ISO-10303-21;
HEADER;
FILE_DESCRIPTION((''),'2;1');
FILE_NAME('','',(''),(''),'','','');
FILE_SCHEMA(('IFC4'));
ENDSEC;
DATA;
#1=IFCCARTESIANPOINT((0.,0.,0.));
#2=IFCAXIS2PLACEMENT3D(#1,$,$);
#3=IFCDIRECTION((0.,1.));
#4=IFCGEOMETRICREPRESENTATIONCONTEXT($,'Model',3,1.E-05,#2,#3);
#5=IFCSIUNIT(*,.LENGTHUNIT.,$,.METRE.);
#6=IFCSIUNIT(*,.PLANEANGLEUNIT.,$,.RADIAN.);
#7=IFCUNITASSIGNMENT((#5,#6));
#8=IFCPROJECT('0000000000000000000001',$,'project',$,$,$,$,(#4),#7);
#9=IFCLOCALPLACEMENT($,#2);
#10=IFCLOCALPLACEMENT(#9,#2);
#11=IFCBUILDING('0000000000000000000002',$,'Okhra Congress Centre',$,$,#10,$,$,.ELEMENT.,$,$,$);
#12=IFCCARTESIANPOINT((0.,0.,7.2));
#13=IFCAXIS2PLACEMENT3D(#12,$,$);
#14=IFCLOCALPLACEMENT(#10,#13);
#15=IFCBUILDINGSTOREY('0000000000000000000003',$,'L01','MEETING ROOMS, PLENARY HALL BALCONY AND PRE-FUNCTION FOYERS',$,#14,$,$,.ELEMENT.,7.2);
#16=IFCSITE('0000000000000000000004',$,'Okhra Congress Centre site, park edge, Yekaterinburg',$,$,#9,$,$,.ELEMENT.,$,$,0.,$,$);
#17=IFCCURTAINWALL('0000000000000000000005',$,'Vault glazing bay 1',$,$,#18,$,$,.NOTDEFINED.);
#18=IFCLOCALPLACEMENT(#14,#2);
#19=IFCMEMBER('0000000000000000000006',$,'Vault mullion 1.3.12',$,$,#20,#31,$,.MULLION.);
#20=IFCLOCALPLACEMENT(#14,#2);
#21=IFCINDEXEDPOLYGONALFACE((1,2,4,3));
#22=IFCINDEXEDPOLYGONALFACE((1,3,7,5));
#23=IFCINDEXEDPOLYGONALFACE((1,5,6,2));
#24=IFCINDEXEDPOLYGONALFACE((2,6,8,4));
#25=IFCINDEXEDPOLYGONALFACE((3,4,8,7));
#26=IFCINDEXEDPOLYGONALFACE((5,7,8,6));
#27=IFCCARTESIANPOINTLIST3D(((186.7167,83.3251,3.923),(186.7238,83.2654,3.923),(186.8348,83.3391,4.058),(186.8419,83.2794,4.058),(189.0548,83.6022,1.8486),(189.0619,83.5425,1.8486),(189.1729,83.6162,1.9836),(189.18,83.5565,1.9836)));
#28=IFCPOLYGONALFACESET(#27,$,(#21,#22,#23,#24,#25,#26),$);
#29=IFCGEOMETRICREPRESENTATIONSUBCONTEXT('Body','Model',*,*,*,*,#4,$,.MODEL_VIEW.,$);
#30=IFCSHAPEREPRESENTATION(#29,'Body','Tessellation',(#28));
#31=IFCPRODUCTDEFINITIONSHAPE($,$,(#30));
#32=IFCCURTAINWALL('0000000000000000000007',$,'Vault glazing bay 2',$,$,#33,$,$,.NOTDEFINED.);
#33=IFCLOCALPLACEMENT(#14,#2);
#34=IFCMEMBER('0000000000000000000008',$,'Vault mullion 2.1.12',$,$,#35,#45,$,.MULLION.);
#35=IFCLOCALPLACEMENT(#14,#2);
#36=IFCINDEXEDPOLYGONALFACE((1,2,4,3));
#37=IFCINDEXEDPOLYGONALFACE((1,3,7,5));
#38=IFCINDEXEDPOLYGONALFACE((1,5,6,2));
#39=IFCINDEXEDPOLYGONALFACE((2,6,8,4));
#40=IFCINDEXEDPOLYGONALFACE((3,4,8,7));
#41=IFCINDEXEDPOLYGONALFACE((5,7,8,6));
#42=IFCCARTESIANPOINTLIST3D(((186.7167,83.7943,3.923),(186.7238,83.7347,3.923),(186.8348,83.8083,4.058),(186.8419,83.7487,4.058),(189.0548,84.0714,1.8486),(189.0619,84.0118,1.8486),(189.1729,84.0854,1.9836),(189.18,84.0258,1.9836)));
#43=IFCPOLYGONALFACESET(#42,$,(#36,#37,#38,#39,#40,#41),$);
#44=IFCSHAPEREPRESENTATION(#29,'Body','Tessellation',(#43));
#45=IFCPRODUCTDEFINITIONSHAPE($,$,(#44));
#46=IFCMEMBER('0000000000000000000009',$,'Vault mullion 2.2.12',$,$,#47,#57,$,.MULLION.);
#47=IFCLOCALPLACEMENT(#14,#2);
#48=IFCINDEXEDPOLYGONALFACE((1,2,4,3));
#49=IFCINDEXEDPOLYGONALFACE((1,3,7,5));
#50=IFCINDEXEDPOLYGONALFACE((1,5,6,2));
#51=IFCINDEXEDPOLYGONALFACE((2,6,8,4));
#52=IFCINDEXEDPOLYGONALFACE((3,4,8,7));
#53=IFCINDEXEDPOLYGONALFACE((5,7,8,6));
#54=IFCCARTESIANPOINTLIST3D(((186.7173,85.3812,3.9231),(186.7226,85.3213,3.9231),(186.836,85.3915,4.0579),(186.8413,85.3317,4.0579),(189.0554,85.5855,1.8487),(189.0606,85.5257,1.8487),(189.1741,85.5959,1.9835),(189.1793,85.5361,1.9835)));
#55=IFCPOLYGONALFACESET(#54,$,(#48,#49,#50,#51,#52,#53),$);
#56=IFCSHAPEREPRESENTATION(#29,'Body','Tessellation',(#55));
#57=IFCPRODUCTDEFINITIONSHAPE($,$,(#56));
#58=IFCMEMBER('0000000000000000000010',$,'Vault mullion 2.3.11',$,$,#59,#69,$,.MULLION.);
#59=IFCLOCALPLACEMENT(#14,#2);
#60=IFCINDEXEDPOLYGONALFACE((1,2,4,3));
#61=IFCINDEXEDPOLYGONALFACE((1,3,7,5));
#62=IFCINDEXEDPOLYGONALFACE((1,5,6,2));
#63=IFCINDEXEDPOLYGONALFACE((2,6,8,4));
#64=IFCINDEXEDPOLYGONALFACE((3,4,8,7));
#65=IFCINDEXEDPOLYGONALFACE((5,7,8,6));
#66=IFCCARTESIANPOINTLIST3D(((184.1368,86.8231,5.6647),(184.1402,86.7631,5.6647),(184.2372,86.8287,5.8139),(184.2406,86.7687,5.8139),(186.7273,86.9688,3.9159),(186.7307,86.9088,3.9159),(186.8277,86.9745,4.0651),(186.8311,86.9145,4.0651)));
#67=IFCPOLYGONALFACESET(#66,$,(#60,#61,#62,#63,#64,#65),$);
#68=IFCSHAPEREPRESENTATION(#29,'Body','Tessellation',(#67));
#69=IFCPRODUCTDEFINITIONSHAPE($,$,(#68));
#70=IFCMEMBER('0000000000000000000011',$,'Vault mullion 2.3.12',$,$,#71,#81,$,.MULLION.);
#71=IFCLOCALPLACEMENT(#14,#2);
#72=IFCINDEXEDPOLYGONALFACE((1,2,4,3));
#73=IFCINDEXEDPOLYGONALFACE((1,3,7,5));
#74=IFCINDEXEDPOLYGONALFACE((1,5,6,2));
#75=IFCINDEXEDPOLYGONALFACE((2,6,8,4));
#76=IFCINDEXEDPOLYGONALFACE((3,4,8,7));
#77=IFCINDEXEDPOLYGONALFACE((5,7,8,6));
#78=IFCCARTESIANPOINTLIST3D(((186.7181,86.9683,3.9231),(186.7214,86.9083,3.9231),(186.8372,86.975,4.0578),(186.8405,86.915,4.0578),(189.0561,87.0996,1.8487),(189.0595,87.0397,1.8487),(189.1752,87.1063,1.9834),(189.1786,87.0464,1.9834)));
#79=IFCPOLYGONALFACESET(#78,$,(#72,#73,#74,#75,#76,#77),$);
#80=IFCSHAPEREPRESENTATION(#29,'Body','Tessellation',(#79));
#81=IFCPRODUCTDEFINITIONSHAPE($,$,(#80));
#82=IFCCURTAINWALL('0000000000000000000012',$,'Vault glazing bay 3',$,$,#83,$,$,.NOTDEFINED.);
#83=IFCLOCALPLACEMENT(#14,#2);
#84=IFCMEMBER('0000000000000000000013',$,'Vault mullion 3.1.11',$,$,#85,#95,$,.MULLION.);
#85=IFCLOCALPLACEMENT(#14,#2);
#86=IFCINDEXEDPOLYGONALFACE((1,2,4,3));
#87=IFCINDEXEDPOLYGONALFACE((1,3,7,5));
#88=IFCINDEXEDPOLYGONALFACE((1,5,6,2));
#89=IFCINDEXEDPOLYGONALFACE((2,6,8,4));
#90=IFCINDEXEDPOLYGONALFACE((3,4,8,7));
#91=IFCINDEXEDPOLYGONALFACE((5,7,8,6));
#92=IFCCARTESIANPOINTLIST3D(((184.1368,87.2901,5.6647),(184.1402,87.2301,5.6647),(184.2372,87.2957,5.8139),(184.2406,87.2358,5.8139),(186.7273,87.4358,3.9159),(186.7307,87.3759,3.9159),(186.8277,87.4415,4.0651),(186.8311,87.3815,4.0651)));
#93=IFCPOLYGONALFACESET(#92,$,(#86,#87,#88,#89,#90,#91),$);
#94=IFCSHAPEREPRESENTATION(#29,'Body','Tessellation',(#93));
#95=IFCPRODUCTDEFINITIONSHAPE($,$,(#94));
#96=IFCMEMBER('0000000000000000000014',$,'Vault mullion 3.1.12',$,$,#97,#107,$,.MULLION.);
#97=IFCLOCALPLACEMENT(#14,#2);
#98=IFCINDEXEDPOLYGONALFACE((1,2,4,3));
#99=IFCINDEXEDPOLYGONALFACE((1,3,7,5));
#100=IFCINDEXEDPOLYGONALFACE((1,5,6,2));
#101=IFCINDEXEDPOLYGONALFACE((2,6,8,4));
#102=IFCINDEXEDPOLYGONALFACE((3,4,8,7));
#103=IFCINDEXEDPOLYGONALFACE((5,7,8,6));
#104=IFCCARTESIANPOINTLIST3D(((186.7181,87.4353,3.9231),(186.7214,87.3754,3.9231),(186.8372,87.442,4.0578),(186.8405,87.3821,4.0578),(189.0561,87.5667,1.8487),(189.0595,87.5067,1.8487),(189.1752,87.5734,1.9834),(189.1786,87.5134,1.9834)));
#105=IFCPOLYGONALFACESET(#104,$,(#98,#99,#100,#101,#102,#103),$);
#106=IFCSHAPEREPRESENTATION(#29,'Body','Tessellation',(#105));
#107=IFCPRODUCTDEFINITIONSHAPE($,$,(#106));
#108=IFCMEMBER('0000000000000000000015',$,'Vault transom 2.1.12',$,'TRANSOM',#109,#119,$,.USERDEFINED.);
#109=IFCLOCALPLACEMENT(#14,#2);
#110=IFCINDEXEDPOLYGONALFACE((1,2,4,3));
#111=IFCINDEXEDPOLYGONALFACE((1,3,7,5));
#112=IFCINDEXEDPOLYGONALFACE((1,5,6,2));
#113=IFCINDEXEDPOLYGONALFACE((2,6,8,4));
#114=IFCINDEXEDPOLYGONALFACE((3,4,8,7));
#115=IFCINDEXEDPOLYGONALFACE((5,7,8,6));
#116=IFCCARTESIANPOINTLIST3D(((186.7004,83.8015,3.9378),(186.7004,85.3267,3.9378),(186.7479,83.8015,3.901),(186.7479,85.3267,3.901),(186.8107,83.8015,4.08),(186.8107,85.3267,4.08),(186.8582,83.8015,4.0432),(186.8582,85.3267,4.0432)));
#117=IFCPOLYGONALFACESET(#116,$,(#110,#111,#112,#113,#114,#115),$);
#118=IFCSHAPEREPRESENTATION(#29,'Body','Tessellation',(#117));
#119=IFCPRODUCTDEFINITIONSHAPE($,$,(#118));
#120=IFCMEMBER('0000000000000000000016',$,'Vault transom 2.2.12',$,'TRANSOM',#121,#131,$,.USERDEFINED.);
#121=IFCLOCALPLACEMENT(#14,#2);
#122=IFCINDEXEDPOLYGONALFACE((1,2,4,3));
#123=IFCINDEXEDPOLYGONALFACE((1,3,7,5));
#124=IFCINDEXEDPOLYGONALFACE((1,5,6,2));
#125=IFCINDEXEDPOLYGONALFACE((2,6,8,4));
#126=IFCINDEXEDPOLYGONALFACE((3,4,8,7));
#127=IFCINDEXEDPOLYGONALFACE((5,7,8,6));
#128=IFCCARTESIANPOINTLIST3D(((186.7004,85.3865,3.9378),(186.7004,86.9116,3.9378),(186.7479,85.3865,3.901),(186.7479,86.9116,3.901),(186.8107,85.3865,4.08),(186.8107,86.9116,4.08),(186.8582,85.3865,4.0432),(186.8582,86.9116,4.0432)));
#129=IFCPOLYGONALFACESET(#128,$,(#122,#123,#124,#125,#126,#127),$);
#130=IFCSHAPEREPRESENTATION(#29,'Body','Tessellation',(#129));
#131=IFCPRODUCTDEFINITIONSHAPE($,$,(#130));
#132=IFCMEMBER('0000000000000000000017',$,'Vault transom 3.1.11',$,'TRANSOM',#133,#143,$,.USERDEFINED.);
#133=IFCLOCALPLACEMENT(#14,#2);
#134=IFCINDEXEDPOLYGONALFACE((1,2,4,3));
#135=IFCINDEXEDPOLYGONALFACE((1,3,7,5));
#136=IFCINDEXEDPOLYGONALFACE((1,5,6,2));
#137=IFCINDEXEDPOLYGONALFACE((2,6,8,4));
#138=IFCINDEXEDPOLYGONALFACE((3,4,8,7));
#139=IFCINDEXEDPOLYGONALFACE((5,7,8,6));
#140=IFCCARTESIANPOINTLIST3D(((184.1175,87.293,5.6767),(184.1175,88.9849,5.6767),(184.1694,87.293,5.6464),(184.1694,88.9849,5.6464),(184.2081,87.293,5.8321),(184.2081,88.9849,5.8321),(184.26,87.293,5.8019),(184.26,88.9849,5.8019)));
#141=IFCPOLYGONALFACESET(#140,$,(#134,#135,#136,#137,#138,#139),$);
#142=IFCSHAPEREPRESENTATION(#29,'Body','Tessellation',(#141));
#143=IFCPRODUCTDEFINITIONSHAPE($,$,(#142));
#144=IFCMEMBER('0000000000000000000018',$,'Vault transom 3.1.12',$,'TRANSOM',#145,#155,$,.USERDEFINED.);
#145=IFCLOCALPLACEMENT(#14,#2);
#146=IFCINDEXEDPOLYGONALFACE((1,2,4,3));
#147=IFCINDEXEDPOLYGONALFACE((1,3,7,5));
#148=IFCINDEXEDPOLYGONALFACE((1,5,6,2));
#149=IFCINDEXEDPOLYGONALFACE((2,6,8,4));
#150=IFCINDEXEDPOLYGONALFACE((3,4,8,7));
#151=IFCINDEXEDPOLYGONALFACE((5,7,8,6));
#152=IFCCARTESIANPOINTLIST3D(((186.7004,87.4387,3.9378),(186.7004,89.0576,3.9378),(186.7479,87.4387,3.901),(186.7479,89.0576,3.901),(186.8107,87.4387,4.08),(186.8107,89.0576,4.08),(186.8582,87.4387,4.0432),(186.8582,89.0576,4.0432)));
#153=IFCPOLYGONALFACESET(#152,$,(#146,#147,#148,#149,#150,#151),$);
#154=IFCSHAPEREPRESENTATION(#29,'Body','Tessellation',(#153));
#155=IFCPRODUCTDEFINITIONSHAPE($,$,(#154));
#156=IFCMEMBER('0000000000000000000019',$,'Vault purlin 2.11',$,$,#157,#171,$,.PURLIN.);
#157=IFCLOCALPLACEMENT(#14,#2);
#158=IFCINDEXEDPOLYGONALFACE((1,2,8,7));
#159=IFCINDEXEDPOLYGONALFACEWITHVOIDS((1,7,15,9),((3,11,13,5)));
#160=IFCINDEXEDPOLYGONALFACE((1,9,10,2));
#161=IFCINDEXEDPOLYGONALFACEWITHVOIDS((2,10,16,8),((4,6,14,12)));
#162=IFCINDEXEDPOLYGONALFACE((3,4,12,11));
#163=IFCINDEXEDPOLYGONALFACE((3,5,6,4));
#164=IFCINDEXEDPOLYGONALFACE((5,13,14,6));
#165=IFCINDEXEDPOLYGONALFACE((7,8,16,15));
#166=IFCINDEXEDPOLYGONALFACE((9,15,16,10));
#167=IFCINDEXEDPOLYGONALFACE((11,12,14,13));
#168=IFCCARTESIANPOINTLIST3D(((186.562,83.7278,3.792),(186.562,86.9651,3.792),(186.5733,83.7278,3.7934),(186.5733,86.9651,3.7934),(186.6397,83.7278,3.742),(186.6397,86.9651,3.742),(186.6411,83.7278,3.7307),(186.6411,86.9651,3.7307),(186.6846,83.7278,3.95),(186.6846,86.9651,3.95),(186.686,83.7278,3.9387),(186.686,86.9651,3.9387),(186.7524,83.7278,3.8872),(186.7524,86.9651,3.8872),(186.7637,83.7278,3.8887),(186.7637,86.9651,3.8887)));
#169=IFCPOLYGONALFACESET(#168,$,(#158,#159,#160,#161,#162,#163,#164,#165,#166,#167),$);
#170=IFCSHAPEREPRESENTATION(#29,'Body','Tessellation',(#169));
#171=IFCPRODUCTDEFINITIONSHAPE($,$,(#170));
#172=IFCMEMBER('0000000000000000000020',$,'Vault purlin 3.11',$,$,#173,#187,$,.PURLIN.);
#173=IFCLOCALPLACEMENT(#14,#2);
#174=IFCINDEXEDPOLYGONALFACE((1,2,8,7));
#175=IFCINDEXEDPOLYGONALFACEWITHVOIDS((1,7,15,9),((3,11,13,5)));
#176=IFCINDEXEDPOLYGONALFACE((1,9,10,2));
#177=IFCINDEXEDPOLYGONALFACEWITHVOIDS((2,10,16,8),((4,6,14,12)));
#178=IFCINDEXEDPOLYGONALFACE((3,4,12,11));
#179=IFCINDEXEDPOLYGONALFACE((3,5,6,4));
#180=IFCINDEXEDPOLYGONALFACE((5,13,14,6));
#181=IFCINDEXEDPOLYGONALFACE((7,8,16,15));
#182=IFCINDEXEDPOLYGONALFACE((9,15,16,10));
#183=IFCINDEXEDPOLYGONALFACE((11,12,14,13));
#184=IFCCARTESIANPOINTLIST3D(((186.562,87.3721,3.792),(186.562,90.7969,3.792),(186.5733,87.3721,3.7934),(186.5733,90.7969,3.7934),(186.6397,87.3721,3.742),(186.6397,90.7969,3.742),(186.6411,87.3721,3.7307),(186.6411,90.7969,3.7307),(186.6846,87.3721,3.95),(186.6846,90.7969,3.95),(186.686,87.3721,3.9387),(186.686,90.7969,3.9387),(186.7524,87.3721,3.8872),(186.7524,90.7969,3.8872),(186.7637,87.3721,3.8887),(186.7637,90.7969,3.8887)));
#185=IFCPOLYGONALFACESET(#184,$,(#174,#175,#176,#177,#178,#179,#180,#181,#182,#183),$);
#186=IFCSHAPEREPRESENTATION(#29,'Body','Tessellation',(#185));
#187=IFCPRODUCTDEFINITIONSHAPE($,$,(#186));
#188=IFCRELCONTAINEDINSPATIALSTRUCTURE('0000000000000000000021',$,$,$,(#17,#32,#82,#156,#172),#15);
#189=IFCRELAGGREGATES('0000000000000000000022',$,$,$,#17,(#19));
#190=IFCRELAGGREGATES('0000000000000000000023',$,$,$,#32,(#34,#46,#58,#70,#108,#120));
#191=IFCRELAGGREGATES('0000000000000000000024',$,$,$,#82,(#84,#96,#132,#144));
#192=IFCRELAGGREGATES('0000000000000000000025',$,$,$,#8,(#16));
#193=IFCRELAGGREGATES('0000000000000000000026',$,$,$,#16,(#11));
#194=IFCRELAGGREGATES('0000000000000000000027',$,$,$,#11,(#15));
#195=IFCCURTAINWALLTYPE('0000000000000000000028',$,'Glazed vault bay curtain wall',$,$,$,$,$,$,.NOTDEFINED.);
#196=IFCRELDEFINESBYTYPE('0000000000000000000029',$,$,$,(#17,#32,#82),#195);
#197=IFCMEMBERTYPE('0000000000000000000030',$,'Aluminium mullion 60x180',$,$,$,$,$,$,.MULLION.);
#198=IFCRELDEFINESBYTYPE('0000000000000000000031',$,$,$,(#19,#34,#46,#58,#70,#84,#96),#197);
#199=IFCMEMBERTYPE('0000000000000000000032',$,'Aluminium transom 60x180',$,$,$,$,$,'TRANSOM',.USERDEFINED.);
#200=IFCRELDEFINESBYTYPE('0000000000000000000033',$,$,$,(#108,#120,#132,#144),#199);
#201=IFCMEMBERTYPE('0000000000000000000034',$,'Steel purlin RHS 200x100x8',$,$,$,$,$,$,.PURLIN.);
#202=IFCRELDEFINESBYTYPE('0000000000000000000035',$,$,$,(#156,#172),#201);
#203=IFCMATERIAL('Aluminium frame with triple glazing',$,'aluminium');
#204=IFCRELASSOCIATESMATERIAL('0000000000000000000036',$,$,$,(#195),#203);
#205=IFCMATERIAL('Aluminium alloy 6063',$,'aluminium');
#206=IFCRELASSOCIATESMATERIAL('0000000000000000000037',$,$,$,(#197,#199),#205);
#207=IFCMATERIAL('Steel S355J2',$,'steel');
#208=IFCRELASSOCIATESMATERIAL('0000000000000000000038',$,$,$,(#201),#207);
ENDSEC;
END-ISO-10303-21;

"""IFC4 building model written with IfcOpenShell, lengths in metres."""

from ifc_helpers import new_model, si_unit, direction, frame, origin, origin_2d, place, context, subcontext, project, spatial, rectangle, hollow_rectangle, extrude, material, material_profile, profile_set, type_object, element, aggregate, save


model = new_model("IFC4")

# Units and contexts
model_context = context("Model", 3, precision=1e-05, world=origin(), true_north=direction((0.0, 1.0)))
body_context = subcontext(model_context, "Body", "Model", "MODEL_VIEW")
ifc_project = project(units=[si_unit("LENGTHUNIT", "METRE"), si_unit("PLANEANGLEUNIT", "RADIAN")], contexts=[model_context])

# Site, building, storey
site_placement = place(None, origin())
site = spatial("IfcSite", under=ifc_project, at=site_placement, Name="Okhra Congress Centre site, park edge, Yekaterinburg", CompositionType="ELEMENT", RefElevation=0.0)
building_placement = place(site_placement, origin())
building = spatial("IfcBuilding", under=site, at=building_placement, Name="Okhra Congress Centre", CompositionType="ELEMENT")
storey_placement = place(building_placement, frame((0.0, 0.0, 7.2)))
storey = spatial("IfcBuildingStorey", under=building, at=storey_placement, Name="L01", Description="MEETING ROOMS, PLENARY HALL BALCONY AND PRE-FUNCTION FOYERS", CompositionType="ELEMENT", Elevation=7.2)

# Curtain wall, member
ifc_material_1 = material(Name="Aluminium frame with triple glazing", Category="aluminium")
curtain_wall_type = type_object("IfcCurtainWallType", Name="Glazed vault bay curtain wall", PredefinedType="NOTDEFINED", material=ifc_material_1)
curtain_wall_1_placement = place(storey_placement, origin())
curtain_wall_1 = element("IfcCurtainWall", 1, at=curtain_wall_1_placement, inside=storey, type_object=curtain_wall_type, Name="Vault glazing bay 1", PredefinedType="NOTDEFINED")
ifc_material_2 = material(Name="Aluminium alloy 6063", Category="aluminium")
ifc_material_profile_1 = material_profile(ifc_material_2, rectangle(XDim=0.0601, YDim=0.1799, at=origin_2d()), Name="AL 60x180")
ifc_profile_set_1 = profile_set([ifc_material_profile_1], Name="Aluminium alloy 6063")
member_type_1 = type_object("IfcMemberType", Name="Aluminium mullion 60x180", PredefinedType="MULLION", material=ifc_profile_set_1)
member_1_placement = place(storey_placement, frame((186.7793, 83.3022, 3.9905), z_axis=(0.745103, 0.088304, -0.661078), x_axis=(-0.117689, 0.99305, 0.0)))
member_1 = element("IfcMember", 2, at=member_1_placement, type_object=member_type_1, Name="Vault mullion 1.3.12", PredefinedType="MULLION", context=body_context, shape_type="SweptSolid", body=[
    extrude(rectangle(XDim=0.0601, YDim=0.1799, at=origin_2d()), origin(), (0.0, 0.0, 1.0), 3.1379),
])
aggregate(curtain_wall_1, [member_1])

# Curtain walls, members
curtain_wall_2_placement = place(storey_placement, origin())
curtain_wall_2 = element("IfcCurtainWall", 3, at=curtain_wall_2_placement, inside=storey, type_object=curtain_wall_type, Name="Vault glazing bay 2", PredefinedType="NOTDEFINED")
member_2_placement = place(storey_placement, frame((186.7793, 83.7715, 3.9905), z_axis=(0.745103, 0.088304, -0.661078), x_axis=(-0.117689, 0.99305, 0.0)))
member_2 = element("IfcMember", 4, at=member_2_placement, type_object=member_type_1, Name="Vault mullion 2.1.12", PredefinedType="MULLION", context=body_context, shape_type="SweptSolid", body=[
    extrude(rectangle(XDim=0.0601, YDim=0.1799, at=origin_2d()), origin(), (0.0, 0.0, 1.0), 3.1379),
])
member_3_placement = place(storey_placement, frame((186.7793, 85.3564, 3.9905), z_axis=(0.746432, 0.065236, -0.662257), x_axis=(-0.087065, 0.996203, 0.0)))
member_3 = element("IfcMember", 5, at=member_3_placement, type_object=member_type_1, Name="Vault mullion 2.2.12", PredefinedType="MULLION", context=body_context, shape_type="SweptSolid", body=[
    extrude(rectangle(XDim=0.0601, YDim=0.1799, at=origin_2d()), origin(), (0.0, 0.0, 1.0), 3.1323),
])
member_4_placement = place(storey_placement, frame((184.1887, 86.7959, 5.7393), z_axis=(0.827928, 0.046581, -0.558896), x_axis=(-0.056174, 0.998421, 0.0)))
member_4 = element("IfcMember", 6, at=member_4_placement, type_object=member_type_1, Name="Vault mullion 2.3.11", PredefinedType="MULLION", context=body_context, shape_type="SweptSolid", body=[
    extrude(rectangle(XDim=0.0601, YDim=0.1799, at=origin_2d()), origin(), (0.0, 0.0, 1.0), 3.1289),
])
member_5_placement = place(storey_placement, frame((186.7793, 86.9417, 3.9905), z_axis=(0.747366, 0.041984, -0.663085), x_axis=(-0.056088, 0.998426, 0.0)))
member_5 = element("IfcMember", 7, at=member_5_placement, type_object=member_type_1, Name="Vault mullion 2.3.12", PredefinedType="MULLION", context=body_context, shape_type="SweptSolid", body=[
    extrude(rectangle(XDim=0.0601, YDim=0.1799, at=origin_2d()), origin(), (0.0, 0.0, 1.0), 3.1284),
])
curtain_wall_3_placement = place(storey_placement, origin())
curtain_wall_3 = element("IfcCurtainWall", 8, at=curtain_wall_3_placement, inside=storey, type_object=curtain_wall_type, Name="Vault glazing bay 3", PredefinedType="NOTDEFINED")
member_6_placement = place(storey_placement, frame((184.1887, 87.2629, 5.7393), z_axis=(0.827928, 0.046581, -0.558896), x_axis=(-0.056174, 0.998421, 0.0)))
member_6 = element("IfcMember", 9, at=member_6_placement, type_object=member_type_1, Name="Vault mullion 3.1.11", PredefinedType="MULLION", context=body_context, shape_type="SweptSolid", body=[
    extrude(rectangle(XDim=0.0601, YDim=0.1799, at=origin_2d()), origin(), (0.0, 0.0, 1.0), 3.1289),
])
member_7_placement = place(storey_placement, frame((186.7793, 87.4087, 3.9905), z_axis=(0.747366, 0.041984, -0.663085), x_axis=(-0.056088, 0.998426, 0.0)))
member_7 = element("IfcMember", 10, at=member_7_placement, type_object=member_type_1, Name="Vault mullion 3.1.12", PredefinedType="MULLION", context=body_context, shape_type="SweptSolid", body=[
    extrude(rectangle(XDim=0.0601, YDim=0.1799, at=origin_2d()), origin(), (0.0, 0.0, 1.0), 3.1284),
])

# Members
ifc_material_profile_2 = material_profile(ifc_material_2, rectangle(XDim=0.0601, YDim=0.1799, at=origin_2d()), Name="AL 60x180 transom")
ifc_profile_set_2 = profile_set([ifc_material_profile_2], Name="Aluminium alloy 6063")
member_type_2 = type_object("IfcMemberType", Name="Aluminium transom 60x180", ElementType="TRANSOM", PredefinedType="USERDEFINED", material=ifc_profile_set_2)
member_8_placement = place(storey_placement, frame((186.7793, 83.8015, 3.9905), z_axis=(0.0, 1.0, 0.0), x_axis=(-0.790145, 0.0, 0.61292)))
member_8 = element("IfcMember", 11, at=member_8_placement, type_object=member_type_2, Name="Vault transom 2.1.12", ObjectType="TRANSOM", PredefinedType="USERDEFINED", context=body_context, shape_type="SweptSolid", body=[
    extrude(rectangle(XDim=0.0601, YDim=0.1799, at=origin_2d()), origin(), (0.0, 0.0, 1.0), 1.5251),
])
member_9_placement = place(storey_placement, frame((186.7793, 85.3865, 3.9905), z_axis=(0.0, 1.0, 0.0), x_axis=(-0.790145, 0.0, 0.61292)))
member_9 = element("IfcMember", 12, at=member_9_placement, type_object=member_type_2, Name="Vault transom 2.2.12", ObjectType="TRANSOM", PredefinedType="USERDEFINED", context=body_context, shape_type="SweptSolid", body=[
    extrude(rectangle(XDim=0.0601, YDim=0.1799, at=origin_2d()), origin(), (0.0, 0.0, 1.0), 1.5251),
])
member_10_placement = place(storey_placement, frame((184.1887, 87.293, 5.7393), z_axis=(0.0, 1.0, 0.0), x_axis=(-0.863917, 0.0, 0.503634)))
member_10 = element("IfcMember", 13, at=member_10_placement, type_object=member_type_2, Name="Vault transom 3.1.11", ObjectType="TRANSOM", PredefinedType="USERDEFINED", context=body_context, shape_type="SweptSolid", body=[
    extrude(rectangle(XDim=0.0601, YDim=0.1799, at=origin_2d()), origin(), (0.0, 0.0, 1.0), 1.6919),
])
member_11_placement = place(storey_placement, frame((186.7793, 87.4387, 3.9905), z_axis=(0.0, 1.0, 0.0), x_axis=(-0.790145, 0.0, 0.61292)))
member_11 = element("IfcMember", 14, at=member_11_placement, type_object=member_type_2, Name="Vault transom 3.1.12", ObjectType="TRANSOM", PredefinedType="USERDEFINED", context=body_context, shape_type="SweptSolid", body=[
    extrude(rectangle(XDim=0.0601, YDim=0.1799, at=origin_2d()), origin(), (0.0, 0.0, 1.0), 1.6189),
])

# Members
ifc_material_3 = material(Name="Steel S355J2", Category="steel")
ifc_material_profile_3 = material_profile(ifc_material_3, hollow_rectangle(XDim=0.1001, YDim=0.2, WallThickness=0.0081, at=origin_2d()), Name="RHS 200x100x8")
ifc_profile_set_3 = profile_set([ifc_material_profile_3], Name="Steel S355J2")
member_type_3 = type_object("IfcMemberType", Name="Steel purlin RHS 200x100x8", PredefinedType="PURLIN", material=ifc_profile_set_3)
member_12_placement = place(storey_placement, frame((186.6628, 83.7278, 3.8403), z_axis=(0.0, 1.0, 0.0), x_axis=(-0.790145, 0.0, 0.61292)))
element("IfcMember", 15, at=member_12_placement, inside=storey, type_object=member_type_3, Name="Vault purlin 2.11", PredefinedType="PURLIN", context=body_context, shape_type="SweptSolid", body=[
    extrude(hollow_rectangle(XDim=0.1001, YDim=0.2, WallThickness=0.0081, at=origin_2d()), origin(), (0.0, 0.0, 1.0), 3.2373),
])
member_13_placement = place(storey_placement, frame((186.6628, 87.3721, 3.8403), z_axis=(0.0, 1.0, 0.0), x_axis=(-0.790145, 0.0, 0.61292)))
element("IfcMember", 16, at=member_13_placement, inside=storey, type_object=member_type_3, Name="Vault purlin 3.11", PredefinedType="PURLIN", context=body_context, shape_type="SweptSolid", body=[
    extrude(hollow_rectangle(XDim=0.1001, YDim=0.2, WallThickness=0.0081, at=origin_2d()), origin(), (0.0, 0.0, 1.0), 3.4248),
])

aggregate(curtain_wall_2, [member_2, member_3, member_4, member_5, member_8, member_9])
aggregate(curtain_wall_3, [member_6, member_7, member_10, member_11])

save(model, "model.ifc")
